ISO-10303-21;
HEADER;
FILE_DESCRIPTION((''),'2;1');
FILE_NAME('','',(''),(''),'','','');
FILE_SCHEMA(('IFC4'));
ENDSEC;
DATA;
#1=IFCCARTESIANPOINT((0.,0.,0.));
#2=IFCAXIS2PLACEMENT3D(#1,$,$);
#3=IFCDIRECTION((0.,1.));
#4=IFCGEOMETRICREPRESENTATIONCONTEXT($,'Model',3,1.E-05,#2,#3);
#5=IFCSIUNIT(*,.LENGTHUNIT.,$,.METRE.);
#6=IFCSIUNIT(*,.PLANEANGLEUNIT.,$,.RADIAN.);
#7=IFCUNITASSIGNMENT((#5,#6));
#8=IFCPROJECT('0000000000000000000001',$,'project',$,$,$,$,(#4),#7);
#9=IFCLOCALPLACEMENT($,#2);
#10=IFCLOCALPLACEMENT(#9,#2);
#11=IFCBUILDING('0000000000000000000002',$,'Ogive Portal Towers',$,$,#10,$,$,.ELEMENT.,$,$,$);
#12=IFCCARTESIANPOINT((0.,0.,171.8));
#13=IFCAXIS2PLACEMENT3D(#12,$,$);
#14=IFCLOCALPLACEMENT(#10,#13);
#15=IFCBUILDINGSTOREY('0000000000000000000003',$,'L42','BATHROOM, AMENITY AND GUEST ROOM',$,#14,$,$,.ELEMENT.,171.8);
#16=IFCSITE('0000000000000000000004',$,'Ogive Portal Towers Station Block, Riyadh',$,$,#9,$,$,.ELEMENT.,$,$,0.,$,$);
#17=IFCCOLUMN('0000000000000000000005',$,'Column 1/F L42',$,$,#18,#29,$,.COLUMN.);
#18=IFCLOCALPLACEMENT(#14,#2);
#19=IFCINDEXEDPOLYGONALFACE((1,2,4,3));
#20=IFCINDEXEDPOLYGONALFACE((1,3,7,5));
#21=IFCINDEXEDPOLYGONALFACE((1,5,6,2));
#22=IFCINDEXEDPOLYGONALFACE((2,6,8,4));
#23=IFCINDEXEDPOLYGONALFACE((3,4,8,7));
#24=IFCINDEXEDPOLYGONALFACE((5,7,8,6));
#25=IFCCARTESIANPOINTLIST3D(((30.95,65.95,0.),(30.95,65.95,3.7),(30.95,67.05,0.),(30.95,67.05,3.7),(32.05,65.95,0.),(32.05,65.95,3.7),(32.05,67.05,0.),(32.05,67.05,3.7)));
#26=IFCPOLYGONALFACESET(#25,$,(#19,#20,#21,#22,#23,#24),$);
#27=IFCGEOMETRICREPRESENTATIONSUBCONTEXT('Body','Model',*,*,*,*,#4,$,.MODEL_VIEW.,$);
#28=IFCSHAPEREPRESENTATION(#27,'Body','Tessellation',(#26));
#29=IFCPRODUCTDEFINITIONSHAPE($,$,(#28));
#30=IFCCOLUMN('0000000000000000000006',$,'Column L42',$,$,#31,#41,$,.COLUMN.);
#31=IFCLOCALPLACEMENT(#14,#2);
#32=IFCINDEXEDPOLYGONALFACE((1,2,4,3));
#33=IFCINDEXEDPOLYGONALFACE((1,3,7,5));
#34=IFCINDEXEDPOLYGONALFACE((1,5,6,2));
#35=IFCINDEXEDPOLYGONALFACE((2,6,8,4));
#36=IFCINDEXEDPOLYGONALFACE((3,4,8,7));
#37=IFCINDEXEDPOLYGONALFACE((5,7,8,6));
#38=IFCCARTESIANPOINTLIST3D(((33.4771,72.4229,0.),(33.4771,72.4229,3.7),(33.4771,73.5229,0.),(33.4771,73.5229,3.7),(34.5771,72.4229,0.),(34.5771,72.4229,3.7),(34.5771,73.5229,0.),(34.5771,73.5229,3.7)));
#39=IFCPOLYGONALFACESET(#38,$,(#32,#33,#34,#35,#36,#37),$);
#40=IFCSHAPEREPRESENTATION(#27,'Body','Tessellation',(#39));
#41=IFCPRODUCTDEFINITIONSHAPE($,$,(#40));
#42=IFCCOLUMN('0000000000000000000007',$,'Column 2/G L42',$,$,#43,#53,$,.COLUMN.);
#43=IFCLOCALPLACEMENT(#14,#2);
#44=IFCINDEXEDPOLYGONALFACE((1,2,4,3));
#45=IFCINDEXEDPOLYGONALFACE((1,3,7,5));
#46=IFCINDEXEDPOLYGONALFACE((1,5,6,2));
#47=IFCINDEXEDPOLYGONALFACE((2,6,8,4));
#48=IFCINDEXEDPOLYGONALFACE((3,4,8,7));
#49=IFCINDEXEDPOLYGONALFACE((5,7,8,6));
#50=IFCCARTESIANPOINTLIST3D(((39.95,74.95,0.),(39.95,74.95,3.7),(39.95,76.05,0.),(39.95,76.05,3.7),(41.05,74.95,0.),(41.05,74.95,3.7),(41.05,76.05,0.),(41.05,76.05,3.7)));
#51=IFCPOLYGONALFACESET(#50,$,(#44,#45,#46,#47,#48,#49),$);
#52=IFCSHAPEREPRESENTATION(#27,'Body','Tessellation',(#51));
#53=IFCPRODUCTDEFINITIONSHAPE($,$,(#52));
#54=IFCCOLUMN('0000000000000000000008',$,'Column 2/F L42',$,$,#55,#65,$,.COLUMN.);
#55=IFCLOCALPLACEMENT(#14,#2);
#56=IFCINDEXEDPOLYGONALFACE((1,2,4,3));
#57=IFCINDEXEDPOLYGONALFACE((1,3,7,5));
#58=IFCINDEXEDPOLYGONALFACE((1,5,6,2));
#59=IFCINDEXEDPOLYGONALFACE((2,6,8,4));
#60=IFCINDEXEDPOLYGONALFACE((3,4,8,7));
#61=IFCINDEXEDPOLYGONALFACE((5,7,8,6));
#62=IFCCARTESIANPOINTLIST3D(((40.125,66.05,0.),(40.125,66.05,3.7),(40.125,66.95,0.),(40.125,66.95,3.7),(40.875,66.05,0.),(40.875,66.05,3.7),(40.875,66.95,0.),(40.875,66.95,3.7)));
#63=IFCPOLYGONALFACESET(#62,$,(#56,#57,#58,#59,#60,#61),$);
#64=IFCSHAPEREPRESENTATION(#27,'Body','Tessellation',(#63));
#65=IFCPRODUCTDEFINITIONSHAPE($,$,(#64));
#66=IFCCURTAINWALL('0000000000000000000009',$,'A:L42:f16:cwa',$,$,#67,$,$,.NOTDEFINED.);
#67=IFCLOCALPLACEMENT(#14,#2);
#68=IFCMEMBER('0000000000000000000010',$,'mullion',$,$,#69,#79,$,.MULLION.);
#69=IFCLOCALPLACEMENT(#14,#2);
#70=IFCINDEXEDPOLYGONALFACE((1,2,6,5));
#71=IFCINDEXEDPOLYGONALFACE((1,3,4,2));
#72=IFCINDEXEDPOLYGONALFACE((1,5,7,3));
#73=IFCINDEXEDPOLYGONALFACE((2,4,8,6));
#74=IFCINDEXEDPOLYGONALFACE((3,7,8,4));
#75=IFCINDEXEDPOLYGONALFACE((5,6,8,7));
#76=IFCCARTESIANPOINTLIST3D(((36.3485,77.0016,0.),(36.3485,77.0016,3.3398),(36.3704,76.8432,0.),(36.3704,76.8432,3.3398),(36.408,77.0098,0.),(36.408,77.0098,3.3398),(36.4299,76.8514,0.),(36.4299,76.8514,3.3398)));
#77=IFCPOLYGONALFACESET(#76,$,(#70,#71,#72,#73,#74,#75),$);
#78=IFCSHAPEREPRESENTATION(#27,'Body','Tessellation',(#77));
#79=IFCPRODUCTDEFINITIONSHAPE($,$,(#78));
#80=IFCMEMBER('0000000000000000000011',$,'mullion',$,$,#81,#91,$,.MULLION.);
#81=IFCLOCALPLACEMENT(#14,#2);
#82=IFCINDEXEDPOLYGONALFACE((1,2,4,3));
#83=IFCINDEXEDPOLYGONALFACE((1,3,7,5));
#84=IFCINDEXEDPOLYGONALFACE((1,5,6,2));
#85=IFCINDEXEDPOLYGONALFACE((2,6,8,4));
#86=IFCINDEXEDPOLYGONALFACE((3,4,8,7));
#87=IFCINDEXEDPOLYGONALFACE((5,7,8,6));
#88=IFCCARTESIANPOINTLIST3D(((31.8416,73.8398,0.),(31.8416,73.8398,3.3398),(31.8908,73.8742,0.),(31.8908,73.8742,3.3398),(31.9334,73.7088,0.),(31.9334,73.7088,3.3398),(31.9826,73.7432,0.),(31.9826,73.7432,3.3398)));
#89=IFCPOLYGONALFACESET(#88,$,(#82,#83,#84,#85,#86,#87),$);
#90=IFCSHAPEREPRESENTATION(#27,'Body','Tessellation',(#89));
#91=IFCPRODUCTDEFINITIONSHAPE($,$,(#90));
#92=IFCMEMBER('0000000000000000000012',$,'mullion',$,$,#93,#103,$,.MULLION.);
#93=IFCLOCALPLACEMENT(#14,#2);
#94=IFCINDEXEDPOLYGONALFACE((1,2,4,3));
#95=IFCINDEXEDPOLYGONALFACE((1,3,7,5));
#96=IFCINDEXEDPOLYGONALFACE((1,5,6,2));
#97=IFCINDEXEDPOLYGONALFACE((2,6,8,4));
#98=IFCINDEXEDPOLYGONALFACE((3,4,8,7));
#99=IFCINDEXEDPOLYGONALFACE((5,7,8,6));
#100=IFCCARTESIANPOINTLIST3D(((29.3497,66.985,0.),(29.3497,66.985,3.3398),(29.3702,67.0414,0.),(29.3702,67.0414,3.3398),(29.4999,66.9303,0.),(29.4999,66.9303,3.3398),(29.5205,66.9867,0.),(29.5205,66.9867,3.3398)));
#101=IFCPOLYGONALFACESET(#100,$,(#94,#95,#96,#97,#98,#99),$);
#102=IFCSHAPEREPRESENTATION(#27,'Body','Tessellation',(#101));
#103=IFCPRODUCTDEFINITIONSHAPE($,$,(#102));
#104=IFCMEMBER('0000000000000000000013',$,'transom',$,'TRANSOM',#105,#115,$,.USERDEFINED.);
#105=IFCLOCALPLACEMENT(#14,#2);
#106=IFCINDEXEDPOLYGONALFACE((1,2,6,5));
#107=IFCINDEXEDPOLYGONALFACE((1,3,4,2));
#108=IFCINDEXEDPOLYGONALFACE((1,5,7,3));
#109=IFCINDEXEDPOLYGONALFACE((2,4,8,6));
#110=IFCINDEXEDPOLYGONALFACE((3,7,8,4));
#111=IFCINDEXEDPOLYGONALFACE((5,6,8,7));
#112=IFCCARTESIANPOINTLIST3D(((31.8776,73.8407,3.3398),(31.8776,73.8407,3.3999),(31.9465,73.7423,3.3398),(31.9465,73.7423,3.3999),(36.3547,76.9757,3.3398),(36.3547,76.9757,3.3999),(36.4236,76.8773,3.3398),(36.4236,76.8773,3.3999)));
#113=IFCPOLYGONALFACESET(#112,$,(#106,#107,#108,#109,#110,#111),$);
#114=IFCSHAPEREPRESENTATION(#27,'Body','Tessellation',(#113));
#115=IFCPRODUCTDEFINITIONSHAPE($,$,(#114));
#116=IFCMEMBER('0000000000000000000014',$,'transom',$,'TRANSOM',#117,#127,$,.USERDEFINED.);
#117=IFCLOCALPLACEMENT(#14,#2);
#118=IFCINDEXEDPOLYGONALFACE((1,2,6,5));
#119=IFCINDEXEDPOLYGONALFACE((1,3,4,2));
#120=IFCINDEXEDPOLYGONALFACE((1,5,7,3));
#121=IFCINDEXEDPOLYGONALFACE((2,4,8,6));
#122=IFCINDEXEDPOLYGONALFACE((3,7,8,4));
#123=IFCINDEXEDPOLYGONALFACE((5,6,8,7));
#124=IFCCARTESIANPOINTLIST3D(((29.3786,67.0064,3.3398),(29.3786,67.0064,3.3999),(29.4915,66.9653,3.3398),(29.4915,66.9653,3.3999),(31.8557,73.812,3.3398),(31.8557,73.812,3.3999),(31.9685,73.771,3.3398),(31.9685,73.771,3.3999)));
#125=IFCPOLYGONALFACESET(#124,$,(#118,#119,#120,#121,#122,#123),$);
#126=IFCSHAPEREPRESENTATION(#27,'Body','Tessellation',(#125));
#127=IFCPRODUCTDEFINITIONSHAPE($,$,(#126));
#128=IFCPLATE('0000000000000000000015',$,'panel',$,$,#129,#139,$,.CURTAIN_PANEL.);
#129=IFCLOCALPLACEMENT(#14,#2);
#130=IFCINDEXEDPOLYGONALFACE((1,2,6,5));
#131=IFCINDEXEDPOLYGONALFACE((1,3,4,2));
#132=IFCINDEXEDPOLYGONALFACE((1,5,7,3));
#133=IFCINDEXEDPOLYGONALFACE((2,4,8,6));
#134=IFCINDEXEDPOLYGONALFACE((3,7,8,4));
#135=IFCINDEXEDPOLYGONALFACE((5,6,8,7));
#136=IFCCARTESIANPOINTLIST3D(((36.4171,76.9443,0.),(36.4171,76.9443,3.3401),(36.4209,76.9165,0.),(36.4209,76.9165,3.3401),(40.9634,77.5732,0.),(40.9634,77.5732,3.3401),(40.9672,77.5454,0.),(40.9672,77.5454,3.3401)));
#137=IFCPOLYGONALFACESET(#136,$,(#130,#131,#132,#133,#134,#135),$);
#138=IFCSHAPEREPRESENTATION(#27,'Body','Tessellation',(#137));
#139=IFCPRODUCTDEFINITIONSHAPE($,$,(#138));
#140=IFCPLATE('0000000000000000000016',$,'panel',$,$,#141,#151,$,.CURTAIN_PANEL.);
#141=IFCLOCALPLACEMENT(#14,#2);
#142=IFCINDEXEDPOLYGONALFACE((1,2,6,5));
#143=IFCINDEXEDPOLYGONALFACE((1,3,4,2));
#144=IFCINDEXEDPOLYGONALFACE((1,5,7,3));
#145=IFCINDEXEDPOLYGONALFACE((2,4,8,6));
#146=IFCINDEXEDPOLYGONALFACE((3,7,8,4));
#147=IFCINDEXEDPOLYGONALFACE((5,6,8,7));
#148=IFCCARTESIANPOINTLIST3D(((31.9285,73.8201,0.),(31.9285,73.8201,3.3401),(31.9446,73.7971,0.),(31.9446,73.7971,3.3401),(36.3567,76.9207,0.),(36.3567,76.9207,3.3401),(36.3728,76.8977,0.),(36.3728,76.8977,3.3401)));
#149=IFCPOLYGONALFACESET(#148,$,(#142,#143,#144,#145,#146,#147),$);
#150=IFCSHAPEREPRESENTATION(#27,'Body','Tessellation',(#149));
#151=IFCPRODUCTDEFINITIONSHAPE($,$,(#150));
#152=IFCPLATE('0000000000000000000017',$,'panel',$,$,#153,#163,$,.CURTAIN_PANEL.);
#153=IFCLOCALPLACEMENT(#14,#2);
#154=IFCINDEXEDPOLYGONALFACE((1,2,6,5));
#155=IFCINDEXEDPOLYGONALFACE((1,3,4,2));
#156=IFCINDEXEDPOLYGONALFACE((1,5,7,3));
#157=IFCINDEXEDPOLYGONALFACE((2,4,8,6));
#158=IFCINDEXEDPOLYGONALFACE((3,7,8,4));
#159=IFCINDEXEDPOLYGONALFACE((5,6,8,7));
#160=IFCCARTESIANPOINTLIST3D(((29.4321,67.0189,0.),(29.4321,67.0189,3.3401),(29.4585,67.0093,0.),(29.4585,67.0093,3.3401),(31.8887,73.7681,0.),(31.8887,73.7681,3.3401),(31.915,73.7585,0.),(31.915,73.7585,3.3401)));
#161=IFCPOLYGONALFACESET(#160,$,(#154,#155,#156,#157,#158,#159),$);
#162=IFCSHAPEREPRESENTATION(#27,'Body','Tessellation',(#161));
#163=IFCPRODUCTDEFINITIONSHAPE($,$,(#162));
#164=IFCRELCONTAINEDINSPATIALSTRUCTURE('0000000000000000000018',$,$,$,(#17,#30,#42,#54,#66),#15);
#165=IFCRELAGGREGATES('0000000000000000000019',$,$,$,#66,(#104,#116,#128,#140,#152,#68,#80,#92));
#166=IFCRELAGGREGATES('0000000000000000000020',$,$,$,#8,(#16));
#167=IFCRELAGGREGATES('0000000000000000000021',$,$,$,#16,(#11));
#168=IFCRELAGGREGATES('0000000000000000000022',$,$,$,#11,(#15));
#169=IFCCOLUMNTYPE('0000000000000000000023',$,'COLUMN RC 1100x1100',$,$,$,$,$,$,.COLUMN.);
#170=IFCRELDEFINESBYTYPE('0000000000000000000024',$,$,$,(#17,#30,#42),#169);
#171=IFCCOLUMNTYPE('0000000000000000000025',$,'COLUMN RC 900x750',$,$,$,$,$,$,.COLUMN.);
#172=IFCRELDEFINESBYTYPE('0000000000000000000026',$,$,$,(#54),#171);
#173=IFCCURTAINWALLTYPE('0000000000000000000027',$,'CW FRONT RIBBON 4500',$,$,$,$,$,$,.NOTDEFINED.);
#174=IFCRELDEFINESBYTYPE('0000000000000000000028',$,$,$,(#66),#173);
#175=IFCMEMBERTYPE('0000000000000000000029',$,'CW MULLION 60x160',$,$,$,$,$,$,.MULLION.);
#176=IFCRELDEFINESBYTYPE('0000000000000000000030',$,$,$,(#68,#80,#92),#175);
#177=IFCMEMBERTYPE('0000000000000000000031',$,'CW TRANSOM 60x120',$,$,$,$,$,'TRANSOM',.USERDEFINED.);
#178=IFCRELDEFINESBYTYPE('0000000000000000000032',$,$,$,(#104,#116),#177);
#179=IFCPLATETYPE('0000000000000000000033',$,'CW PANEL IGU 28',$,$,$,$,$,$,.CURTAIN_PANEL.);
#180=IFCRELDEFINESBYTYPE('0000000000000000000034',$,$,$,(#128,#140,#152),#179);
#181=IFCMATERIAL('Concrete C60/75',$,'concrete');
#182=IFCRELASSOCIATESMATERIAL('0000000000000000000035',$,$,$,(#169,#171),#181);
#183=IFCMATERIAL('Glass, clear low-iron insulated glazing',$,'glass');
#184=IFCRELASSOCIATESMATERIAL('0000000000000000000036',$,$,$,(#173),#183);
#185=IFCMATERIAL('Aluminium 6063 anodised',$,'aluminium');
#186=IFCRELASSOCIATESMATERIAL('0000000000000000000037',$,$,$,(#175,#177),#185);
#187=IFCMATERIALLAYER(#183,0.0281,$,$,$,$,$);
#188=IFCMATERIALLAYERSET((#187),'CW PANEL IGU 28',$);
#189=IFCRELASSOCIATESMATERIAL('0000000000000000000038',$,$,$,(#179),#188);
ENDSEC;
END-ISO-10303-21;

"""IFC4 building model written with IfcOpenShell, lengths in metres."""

from ifc_helpers import new_model, si_unit, direction, frame, origin, origin_2d, place, context, subcontext, project, spatial, rectangle, extrude, material, layer, layer_set, material_profile, profile_set, type_object, element, aggregate, save


model = new_model("IFC4")

# Units and contexts
model_context = context("Model", 3, precision=1e-05, world=origin(), true_north=direction((0.0, 1.0)))
body_context = subcontext(model_context, "Body", "Model", "MODEL_VIEW")
ifc_project = project(units=[si_unit("LENGTHUNIT", "METRE"), si_unit("PLANEANGLEUNIT", "RADIAN")], contexts=[model_context])

# Site, building, storey
site_placement = place(None, origin())
site = spatial("IfcSite", under=ifc_project, at=site_placement, Name="Ogive Portal Towers Station Block, Riyadh", CompositionType="ELEMENT", RefElevation=0.0)
building_placement = place(site_placement, origin())
building = spatial("IfcBuilding", under=site, at=building_placement, Name="Ogive Portal Towers", CompositionType="ELEMENT")
storey_placement = place(building_placement, frame((0.0, 0.0, 171.8)))
storey = spatial("IfcBuildingStorey", under=building, at=storey_placement, Name="L42", Description="BATHROOM, AMENITY AND GUEST ROOM", CompositionType="ELEMENT", Elevation=171.8)

# Columns
ifc_material_1 = material(Name="Concrete C60/75", Category="concrete")
ifc_material_profile_1 = material_profile(ifc_material_1, rectangle(XDim=1.1001, YDim=1.1001, at=origin_2d()), Name="RC 1100x1100")
ifc_profile_set_1 = profile_set([ifc_material_profile_1], Name="Concrete C60/75")
column_type_1 = type_object("IfcColumnType", Name="COLUMN RC 1100x1100", PredefinedType="COLUMN", material=ifc_profile_set_1)
for number, where, z_axis, x_axis, name in (
    (1, (31.5, 66.5, 0.0), (0.0, 0.0, 1.0), (1.0, 0.0, 0.0), "Column 1/F L42"),
    (2, (34.0271, 72.9729, 0.0), (0.0, 0.0, 1.0), (1.0, 0.0, 0.0), "Column L42"),
    (3, (40.5, 75.5, 0.0), (0.0, 0.0, 1.0), (1.0, 0.0, 0.0), "Column 2/G L42"),
):
    element("IfcColumn", number, at=place(storey_placement, frame(where, z_axis=z_axis, x_axis=x_axis)), inside=storey, type_object=column_type_1, Name=name, PredefinedType="COLUMN", context=body_context, shape_type="SweptSolid", body=[
        extrude(rectangle(XDim=1.1001, YDim=1.1001, at=origin_2d()), origin(), (0.0, 0.0, 1.0), 3.7),
    ])
ifc_material_profile_2 = material_profile(ifc_material_1, rectangle(XDim=0.8999, YDim=0.75, at=origin_2d()), Name="RC 900x750")
ifc_profile_set_2 = profile_set([ifc_material_profile_2], Name="Concrete C60/75")
column_type_2 = type_object("IfcColumnType", Name="COLUMN RC 900x750", PredefinedType="COLUMN", material=ifc_profile_set_2)
column_placement = place(storey_placement, frame((40.5, 66.5, 0.0), z_axis=(0.0, 0.0, 1.0), x_axis=(0.0, 1.0, 0.0)))
element("IfcColumn", 4, at=column_placement, inside=storey, type_object=column_type_2, Name="Column 2/F L42", PredefinedType="COLUMN", context=body_context, shape_type="SweptSolid", body=[
    extrude(rectangle(XDim=0.8999, YDim=0.75, at=origin_2d()), origin(), (0.0, 0.0, 1.0), 3.7),
])

# Curtain wall, members, plates
ifc_material_2 = material(Name="Glass, clear low-iron insulated glazing", Category="glass")
curtain_wall_type = type_object("IfcCurtainWallType", Name="CW FRONT RIBBON 4500", PredefinedType="NOTDEFINED", material=ifc_material_2)
curtain_wall_placement = place(storey_placement, origin())
curtain_wall = element("IfcCurtainWall", 5, at=curtain_wall_placement, inside=storey, type_object=curtain_wall_type, Name="A:L42:f16:cwa", PredefinedType="NOTDEFINED")
ifc_material_3 = material(Name="Aluminium 6063 anodised", Category="aluminium")
ifc_material_profile_3 = material_profile(ifc_material_3, rectangle(XDim=0.1599, YDim=0.0601, at=origin_2d()), Name="AL 60x160")
ifc_profile_set_3 = profile_set([ifc_material_profile_3], Name="Aluminium 6063 anodised")
member_type_1 = type_object("IfcMemberType", Name="CW MULLION 60x160", PredefinedType="MULLION", material=ifc_profile_set_3)
member_1_placement = place(storey_placement, frame((36.3892, 76.9265, 0.0), z_axis=(0.0, 0.0, 1.0), x_axis=(0.137027, -0.990567, 0.0)))
member_1 = element("IfcMember", 6, at=member_1_placement, type_object=member_type_1, Name="mullion", PredefinedType="MULLION", context=body_context, shape_type="SweptSolid", body=[
    extrude(rectangle(XDim=0.1599, YDim=0.0601, at=origin_2d()), origin(), (0.0, 0.0, 1.0), 3.3398),
])
member_2_placement = place(storey_placement, frame((31.9121, 73.7915, 0.0), z_axis=(0.0, 0.0, 1.0), x_axis=(0.573576, -0.819152, 0.0)))
member_2 = element("IfcMember", 7, at=member_2_placement, type_object=member_type_1, Name="mullion", PredefinedType="MULLION", context=body_context, shape_type="SweptSolid", body=[
    extrude(rectangle(XDim=0.1599, YDim=0.0601, at=origin_2d()), origin(), (0.0, 0.0, 1.0), 3.3398),
])
member_3_placement = place(storey_placement, frame((29.4351, 66.9858, 0.0), z_axis=(0.0, 0.0, 1.0), x_axis=(0.939693, -0.34202, 0.0)))
member_3 = element("IfcMember", 8, at=member_3_placement, type_object=member_type_1, Name="mullion", PredefinedType="MULLION", context=body_context, shape_type="SweptSolid", body=[
    extrude(rectangle(XDim=0.1599, YDim=0.0601, at=origin_2d()), origin(), (0.0, 0.0, 1.0), 3.3398),
])
ifc_material_profile_4 = material_profile(ifc_material_3, rectangle(XDim=0.1201, YDim=0.0601, at=origin_2d()), Name="AL 120x60")
ifc_profile_set_4 = profile_set([ifc_material_profile_4], Name="Aluminium 6063 anodised")
member_type_2 = type_object("IfcMemberType", Name="CW TRANSOM 60x120", ElementType="TRANSOM", PredefinedType="USERDEFINED", material=ifc_profile_set_4)
member_4_placement = place(storey_placement, frame((36.3892, 76.9265, 3.3699), z_axis=(-0.81914, -0.573594, 0.0), x_axis=(0.573594, -0.81914, 0.0)))
member_4 = element("IfcMember", 9, at=member_4_placement, type_object=member_type_2, Name="transom", ObjectType="TRANSOM", PredefinedType="USERDEFINED", context=body_context, shape_type="SweptSolid", body=[
    extrude(rectangle(XDim=0.1201, YDim=0.0601, at=origin_2d()), origin(), (0.0, 0.0, 1.0), 5.4656),
])
member_5_placement = place(storey_placement, frame((31.9121, 73.7915, 3.3699), z_axis=(-0.342019, -0.939693, 0.0), x_axis=(0.939693, -0.342019, 0.0)))
member_5 = element("IfcMember", 10, at=member_5_placement, type_object=member_type_2, Name="transom", ObjectType="TRANSOM", PredefinedType="USERDEFINED", context=body_context, shape_type="SweptSolid", body=[
    extrude(rectangle(XDim=0.1201, YDim=0.0601, at=origin_2d()), origin(), (0.0, 0.0, 1.0), 7.2424),
])
ifc_layer_1 = layer(ifc_material_2, 0.0281)
ifc_layer_set_1 = layer_set([ifc_layer_1], Name="CW PANEL IGU 28")
plate_type = type_object("IfcPlateType", Name="CW PANEL IGU 28", PredefinedType="CURTAIN_PANEL", material=ifc_layer_set_1)
plate_1_placement = place(storey_placement, frame((38.6921, 77.2449, 0.0), z_axis=(0.0, 0.0, 1.0), x_axis=(-0.990567, -0.137027, 0.0)))
plate_1 = element("IfcPlate", 11, at=plate_1_placement, type_object=plate_type, Name="panel", PredefinedType="CURTAIN_PANEL", context=body_context, shape_type="SweptSolid", body=[
    extrude(rectangle(XDim=4.5896, YDim=0.0281, at=origin_2d()), origin(), (0.0, 0.0, 1.0), 3.3401),
])
plate_2_placement = place(storey_placement, frame((34.1506, 75.3589, 0.0), z_axis=(0.0, 0.0, 1.0), x_axis=(-0.819152, -0.573576, 0.0)))
plate_2 = element("IfcPlate", 12, at=plate_2_placement, type_object=plate_type, Name="panel", PredefinedType="CURTAIN_PANEL", context=body_context, shape_type="SweptSolid", body=[
    extrude(rectangle(XDim=5.4058, YDim=0.0281, at=origin_2d()), origin(), (0.0, 0.0, 1.0), 3.3401),
])
plate_3_placement = place(storey_placement, frame((30.6736, 70.3887, 0.0), z_axis=(0.0, 0.0, 1.0), x_axis=(-0.34202, -0.939693, 0.0)))
plate_3 = element("IfcPlate", 13, at=plate_3_placement, type_object=plate_type, Name="panel", PredefinedType="CURTAIN_PANEL", context=body_context, shape_type="SweptSolid", body=[
    extrude(rectangle(XDim=7.1824, YDim=0.0281, at=origin_2d()), origin(), (0.0, 0.0, 1.0), 3.3401),
])
aggregate(curtain_wall, [member_4, member_5, plate_1, plate_2, plate_3, member_1, member_2, member_3])

save(model, "model.ifc")
